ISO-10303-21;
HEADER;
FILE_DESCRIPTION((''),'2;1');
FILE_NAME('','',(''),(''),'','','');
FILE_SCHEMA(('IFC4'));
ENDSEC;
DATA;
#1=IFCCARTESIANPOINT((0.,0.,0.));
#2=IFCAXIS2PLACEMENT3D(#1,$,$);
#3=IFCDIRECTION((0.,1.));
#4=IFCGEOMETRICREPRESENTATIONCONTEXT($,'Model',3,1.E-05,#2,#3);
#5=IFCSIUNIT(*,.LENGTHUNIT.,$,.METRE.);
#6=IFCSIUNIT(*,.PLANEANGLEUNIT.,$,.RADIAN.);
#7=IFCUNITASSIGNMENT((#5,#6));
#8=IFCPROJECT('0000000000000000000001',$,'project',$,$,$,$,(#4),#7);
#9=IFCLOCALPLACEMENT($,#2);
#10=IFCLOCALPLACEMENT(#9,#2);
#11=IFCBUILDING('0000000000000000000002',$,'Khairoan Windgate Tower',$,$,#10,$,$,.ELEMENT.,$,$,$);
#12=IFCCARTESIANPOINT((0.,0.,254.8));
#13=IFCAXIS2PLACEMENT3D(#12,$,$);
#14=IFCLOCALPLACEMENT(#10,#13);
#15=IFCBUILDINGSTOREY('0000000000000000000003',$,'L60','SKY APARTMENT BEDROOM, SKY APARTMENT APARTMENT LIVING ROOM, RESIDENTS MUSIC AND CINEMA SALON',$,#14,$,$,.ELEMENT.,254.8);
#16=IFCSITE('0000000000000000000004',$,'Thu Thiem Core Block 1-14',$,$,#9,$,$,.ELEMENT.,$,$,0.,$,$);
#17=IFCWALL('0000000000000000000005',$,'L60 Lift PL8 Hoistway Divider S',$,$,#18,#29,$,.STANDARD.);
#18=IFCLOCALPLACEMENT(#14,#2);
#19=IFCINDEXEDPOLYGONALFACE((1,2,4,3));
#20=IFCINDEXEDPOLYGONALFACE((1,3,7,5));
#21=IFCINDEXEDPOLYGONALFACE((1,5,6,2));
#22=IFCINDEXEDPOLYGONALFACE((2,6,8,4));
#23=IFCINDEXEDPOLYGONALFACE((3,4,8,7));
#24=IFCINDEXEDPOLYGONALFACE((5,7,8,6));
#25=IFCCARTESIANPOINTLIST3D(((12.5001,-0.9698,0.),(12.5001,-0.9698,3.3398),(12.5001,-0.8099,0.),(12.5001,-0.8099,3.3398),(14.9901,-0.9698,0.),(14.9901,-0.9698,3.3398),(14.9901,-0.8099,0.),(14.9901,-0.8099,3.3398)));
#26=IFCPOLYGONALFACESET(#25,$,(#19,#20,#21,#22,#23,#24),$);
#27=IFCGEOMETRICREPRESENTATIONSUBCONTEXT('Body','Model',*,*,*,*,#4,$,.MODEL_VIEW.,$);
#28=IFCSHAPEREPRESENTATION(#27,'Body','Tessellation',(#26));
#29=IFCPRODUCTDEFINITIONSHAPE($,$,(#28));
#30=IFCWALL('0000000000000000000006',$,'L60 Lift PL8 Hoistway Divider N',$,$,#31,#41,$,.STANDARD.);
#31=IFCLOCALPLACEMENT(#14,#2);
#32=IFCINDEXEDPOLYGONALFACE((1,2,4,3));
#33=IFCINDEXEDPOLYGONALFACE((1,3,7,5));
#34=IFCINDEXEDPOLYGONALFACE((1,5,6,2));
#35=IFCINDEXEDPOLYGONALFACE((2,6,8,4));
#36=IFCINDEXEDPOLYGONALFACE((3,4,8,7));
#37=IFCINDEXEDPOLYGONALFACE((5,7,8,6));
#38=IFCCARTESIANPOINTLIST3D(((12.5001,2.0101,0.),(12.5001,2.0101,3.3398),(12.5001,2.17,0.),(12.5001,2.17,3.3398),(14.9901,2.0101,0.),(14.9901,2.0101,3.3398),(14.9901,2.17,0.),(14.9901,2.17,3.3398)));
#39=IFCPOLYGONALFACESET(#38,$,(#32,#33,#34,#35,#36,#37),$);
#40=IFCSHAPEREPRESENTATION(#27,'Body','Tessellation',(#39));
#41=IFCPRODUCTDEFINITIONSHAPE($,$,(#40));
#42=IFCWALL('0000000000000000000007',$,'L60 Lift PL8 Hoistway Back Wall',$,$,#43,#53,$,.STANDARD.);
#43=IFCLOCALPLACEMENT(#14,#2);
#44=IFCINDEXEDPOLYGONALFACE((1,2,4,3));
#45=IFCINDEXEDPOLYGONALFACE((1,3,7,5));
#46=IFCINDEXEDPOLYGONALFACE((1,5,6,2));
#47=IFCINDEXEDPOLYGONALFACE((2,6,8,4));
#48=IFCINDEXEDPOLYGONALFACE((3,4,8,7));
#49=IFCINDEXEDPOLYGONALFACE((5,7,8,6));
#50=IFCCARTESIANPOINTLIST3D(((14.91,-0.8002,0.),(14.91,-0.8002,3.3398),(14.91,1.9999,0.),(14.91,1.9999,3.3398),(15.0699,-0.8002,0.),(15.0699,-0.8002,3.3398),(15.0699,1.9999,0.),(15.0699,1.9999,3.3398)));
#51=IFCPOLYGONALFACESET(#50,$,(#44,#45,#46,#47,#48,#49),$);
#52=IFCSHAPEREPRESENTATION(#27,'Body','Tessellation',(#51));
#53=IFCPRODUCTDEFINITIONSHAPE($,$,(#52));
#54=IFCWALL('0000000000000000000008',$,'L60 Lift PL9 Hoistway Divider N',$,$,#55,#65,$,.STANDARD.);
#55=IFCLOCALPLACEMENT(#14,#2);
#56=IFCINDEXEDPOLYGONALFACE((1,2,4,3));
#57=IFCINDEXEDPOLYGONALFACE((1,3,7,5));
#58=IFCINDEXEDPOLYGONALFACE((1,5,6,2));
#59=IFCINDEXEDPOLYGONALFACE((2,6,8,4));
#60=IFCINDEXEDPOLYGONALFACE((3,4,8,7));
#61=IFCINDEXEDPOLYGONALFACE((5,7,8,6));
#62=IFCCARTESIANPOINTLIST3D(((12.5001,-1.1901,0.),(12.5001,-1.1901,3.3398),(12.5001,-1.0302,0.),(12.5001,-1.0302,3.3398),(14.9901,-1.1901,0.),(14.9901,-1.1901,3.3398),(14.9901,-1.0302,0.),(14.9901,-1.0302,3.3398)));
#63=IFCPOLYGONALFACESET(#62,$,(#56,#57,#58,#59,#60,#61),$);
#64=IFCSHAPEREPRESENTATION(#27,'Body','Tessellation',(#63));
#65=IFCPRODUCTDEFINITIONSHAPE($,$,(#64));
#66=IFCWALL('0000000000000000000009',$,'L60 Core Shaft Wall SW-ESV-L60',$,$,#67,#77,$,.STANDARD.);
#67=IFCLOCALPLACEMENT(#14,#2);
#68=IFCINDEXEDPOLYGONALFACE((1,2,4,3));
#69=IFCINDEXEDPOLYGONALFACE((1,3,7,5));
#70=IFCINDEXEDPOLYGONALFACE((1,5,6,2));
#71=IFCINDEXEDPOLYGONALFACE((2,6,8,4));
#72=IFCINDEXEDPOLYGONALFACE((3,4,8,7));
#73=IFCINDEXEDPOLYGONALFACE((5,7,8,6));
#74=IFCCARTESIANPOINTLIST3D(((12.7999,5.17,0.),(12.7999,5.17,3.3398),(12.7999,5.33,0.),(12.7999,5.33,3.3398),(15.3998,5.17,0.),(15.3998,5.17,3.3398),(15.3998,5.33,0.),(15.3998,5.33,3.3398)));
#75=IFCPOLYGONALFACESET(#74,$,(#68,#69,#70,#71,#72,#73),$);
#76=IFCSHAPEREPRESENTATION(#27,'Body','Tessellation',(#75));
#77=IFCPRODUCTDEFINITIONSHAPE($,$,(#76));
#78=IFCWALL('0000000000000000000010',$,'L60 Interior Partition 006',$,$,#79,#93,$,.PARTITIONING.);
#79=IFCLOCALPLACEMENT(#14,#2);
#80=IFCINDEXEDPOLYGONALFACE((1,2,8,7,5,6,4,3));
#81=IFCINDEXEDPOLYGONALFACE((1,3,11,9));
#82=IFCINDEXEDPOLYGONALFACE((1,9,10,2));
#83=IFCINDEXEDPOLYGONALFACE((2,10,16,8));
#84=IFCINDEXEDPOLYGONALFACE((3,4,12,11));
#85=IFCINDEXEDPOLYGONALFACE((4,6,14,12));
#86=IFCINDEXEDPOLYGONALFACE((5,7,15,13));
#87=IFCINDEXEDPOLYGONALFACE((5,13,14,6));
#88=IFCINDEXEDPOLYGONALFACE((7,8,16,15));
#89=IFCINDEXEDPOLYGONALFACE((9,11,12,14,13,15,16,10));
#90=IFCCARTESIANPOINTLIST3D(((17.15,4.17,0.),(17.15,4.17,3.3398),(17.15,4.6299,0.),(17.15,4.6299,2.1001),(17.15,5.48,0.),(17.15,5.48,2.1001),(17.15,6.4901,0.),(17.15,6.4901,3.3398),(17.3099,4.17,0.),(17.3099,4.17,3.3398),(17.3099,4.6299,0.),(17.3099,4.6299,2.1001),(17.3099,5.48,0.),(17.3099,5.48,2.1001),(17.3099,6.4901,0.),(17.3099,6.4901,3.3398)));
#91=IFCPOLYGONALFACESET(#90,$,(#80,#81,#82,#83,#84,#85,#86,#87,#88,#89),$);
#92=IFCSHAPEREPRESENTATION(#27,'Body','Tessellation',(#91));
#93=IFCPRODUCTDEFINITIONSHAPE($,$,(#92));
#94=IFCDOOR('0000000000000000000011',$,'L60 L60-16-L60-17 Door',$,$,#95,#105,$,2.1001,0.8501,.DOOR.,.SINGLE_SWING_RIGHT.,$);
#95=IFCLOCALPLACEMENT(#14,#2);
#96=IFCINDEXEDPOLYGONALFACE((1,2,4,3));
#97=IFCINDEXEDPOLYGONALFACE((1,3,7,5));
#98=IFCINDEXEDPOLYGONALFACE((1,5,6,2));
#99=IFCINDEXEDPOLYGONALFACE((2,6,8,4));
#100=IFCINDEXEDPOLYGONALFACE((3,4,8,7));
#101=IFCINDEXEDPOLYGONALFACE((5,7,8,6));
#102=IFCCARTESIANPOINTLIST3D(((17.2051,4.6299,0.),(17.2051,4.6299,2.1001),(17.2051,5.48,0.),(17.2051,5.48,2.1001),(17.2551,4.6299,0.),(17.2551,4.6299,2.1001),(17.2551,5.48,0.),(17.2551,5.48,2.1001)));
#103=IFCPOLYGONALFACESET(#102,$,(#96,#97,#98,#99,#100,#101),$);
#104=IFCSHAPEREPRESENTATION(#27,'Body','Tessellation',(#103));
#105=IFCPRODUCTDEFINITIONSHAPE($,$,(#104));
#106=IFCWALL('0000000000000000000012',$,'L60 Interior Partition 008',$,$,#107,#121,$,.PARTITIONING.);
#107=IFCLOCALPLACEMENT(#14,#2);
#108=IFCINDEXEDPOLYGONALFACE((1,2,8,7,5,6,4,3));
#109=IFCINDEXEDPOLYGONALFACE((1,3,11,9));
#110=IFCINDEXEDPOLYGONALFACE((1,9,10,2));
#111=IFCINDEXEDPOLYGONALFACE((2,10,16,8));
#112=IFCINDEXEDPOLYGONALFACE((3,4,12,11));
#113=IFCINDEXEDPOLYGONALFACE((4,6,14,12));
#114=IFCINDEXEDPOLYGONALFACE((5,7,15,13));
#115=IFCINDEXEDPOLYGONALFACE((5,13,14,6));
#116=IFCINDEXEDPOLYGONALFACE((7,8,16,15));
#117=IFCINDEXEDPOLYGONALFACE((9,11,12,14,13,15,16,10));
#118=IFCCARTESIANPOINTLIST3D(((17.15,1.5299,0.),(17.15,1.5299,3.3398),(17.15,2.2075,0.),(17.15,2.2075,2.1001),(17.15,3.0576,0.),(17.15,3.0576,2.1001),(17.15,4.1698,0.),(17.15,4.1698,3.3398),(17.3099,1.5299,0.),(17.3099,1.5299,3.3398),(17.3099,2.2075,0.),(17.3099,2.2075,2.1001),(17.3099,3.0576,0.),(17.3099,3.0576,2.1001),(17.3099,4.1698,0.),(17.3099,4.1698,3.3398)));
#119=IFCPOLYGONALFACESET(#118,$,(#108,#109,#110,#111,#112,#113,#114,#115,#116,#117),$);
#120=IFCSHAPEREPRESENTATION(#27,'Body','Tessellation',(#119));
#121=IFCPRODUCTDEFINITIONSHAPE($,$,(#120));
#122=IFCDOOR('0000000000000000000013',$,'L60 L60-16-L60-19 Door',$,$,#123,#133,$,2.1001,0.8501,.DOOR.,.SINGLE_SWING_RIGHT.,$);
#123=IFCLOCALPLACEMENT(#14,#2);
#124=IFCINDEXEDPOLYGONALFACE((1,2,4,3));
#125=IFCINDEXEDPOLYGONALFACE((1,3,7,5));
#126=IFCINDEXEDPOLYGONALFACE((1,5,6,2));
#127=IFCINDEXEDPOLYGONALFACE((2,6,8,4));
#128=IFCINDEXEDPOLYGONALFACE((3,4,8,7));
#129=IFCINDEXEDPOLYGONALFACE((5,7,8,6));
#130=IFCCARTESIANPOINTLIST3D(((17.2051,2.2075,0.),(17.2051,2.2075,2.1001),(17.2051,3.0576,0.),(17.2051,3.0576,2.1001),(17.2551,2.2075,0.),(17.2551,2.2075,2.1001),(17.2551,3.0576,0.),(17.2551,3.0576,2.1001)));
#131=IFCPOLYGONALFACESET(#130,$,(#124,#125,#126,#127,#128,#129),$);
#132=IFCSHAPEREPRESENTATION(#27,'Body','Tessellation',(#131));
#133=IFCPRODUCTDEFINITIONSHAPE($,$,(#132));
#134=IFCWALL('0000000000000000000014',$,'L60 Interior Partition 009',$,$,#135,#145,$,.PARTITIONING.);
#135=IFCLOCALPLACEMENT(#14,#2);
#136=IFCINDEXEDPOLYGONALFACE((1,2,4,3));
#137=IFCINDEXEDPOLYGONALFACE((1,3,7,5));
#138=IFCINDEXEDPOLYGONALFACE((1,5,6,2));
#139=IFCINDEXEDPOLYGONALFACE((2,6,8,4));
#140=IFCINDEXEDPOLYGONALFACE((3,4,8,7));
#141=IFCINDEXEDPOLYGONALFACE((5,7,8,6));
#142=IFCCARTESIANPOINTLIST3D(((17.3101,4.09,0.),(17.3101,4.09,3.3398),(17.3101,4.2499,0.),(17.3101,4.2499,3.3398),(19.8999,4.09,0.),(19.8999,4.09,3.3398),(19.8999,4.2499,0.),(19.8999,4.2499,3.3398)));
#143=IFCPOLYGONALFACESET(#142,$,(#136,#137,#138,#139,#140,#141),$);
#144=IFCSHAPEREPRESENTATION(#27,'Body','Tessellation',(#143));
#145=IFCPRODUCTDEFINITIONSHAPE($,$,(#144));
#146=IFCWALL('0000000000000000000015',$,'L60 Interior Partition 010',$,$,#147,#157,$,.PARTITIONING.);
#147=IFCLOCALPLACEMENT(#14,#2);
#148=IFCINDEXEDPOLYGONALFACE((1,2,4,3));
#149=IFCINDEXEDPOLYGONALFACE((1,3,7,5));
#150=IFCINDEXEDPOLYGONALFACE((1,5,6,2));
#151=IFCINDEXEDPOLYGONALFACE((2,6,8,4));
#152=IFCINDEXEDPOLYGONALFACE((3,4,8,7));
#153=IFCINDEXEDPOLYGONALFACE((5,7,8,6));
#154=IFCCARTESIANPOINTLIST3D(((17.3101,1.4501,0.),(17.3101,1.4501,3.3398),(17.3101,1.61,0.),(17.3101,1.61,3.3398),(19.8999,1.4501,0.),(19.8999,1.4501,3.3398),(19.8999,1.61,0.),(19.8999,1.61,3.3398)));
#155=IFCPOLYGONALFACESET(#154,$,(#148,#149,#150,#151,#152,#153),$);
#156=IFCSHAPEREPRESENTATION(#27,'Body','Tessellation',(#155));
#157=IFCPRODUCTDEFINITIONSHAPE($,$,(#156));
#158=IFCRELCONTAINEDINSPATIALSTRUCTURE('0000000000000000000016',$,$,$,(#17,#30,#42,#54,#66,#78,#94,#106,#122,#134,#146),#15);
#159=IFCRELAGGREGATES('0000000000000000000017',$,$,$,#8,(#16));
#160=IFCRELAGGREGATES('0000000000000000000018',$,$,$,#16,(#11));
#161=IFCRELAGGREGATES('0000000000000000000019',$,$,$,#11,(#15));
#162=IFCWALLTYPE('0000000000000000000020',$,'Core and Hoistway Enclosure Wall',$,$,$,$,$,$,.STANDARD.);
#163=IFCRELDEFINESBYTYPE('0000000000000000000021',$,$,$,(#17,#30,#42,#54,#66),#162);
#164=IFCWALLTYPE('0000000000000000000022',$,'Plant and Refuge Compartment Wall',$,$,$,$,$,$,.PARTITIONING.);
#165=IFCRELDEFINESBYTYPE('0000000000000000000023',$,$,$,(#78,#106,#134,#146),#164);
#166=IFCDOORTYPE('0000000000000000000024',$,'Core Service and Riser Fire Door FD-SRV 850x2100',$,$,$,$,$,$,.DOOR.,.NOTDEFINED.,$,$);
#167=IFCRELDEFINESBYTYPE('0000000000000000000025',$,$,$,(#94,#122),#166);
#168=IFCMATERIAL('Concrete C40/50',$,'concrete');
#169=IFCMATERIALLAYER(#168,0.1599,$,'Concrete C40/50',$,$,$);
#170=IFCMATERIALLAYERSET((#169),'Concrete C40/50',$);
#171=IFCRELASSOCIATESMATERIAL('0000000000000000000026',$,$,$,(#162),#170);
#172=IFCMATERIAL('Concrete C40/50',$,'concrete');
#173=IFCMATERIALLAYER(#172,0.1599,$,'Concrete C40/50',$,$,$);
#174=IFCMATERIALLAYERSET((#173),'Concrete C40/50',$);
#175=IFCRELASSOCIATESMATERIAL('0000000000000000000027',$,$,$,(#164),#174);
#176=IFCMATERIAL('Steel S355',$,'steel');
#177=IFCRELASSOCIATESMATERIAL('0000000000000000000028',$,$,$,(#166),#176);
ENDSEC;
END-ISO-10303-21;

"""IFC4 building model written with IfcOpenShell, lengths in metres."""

from ifc_helpers import new_model, si_unit, direction, frame, frame_2d, origin, place, context, subcontext, project, spatial, rectangle, extrude, material, layer, layer_set, type_object, element, fill, save


model = new_model("IFC4")

# Units and contexts
model_context = context("Model", 3, precision=1e-05, world=origin(), true_north=direction((0.0, 1.0)))
body_context = subcontext(model_context, "Body", "Model", "MODEL_VIEW")
ifc_project = project(units=[si_unit("LENGTHUNIT", "METRE"), si_unit("PLANEANGLEUNIT", "RADIAN")], contexts=[model_context])

# Site, building, storey
site_placement = place(None, origin())
site = spatial("IfcSite", under=ifc_project, at=site_placement, Name="Thu Thiem Core Block 1-14", CompositionType="ELEMENT", RefElevation=0.0)
building_placement = place(site_placement, origin())
building = spatial("IfcBuilding", under=site, at=building_placement, Name="Khairoan Windgate Tower", CompositionType="ELEMENT")
storey_placement = place(building_placement, frame((0.0, 0.0, 254.8)))
storey = spatial("IfcBuildingStorey", under=building, at=storey_placement, Name="L60", Description="SKY APARTMENT BEDROOM, SKY APARTMENT APARTMENT LIVING ROOM, RESIDENTS MUSIC AND CINEMA SALON", CompositionType="ELEMENT", Elevation=254.8)

# Walls
ifc_material_1 = material(Name="Concrete C40/50", Category="concrete")
ifc_layer_1 = layer(ifc_material_1, 0.1599, Name="Concrete C40/50")
ifc_layer_set_1 = layer_set([ifc_layer_1], Name="Concrete C40/50")
wall_type_1 = type_object("IfcWallType", Name="Core and Hoistway Enclosure Wall", PredefinedType="STANDARD", material=ifc_layer_set_1)
for number, where, z_axis, x_axis, name in (
    (1, (12.5, -0.8899, 0.0), (0.0, 0.0, 1.0), (1.0, 0.0, 0.0), "L60 Lift PL8 Hoistway Divider S"),
    (2, (12.5, 2.0901, 0.0), (0.0, 0.0, 1.0), (1.0, 0.0, 0.0), "L60 Lift PL8 Hoistway Divider N"),
):
    element("IfcWall", number, at=place(storey_placement, frame(where, z_axis=z_axis, x_axis=x_axis)), inside=storey, type_object=wall_type_1, Name=name, PredefinedType="STANDARD", context=body_context, shape_type="SweptSolid", body=[
        extrude(rectangle(XDim=2.49, YDim=0.1599, at=frame_2d((1.2451, 0.0))), origin(), (0.0, 0.0, 1.0), 3.3398),
    ])
wall_1_placement = place(storey_placement, frame((14.99, -0.8, 0.0), z_axis=(0.0, 0.0, 1.0), x_axis=(0.0, 1.0, 0.0)))
element("IfcWall", 3, at=wall_1_placement, inside=storey, type_object=wall_type_1, Name="L60 Lift PL8 Hoistway Back Wall", PredefinedType="STANDARD", context=body_context, shape_type="SweptSolid", body=[
    extrude(rectangle(XDim=2.8, YDim=0.1599, at=frame_2d((1.3999, 0.0))), origin(), (0.0, 0.0, 1.0), 3.3398),
])
wall_2_placement = place(storey_placement, frame((12.5, -1.1101, 0.0), z_axis=(0.0, 0.0, 1.0), x_axis=(1.0, 0.0, 0.0)))
element("IfcWall", 4, at=wall_2_placement, inside=storey, type_object=wall_type_1, Name="L60 Lift PL9 Hoistway Divider N", PredefinedType="STANDARD", context=body_context, shape_type="SweptSolid", body=[
    extrude(rectangle(XDim=2.49, YDim=0.1599, at=frame_2d((1.2451, 0.0))), origin(), (0.0, 0.0, 1.0), 3.3398),
])
wall_3_placement = place(storey_placement, frame((12.8, 5.25, 0.0), z_axis=(0.0, 0.0, 1.0), x_axis=(1.0, 0.0, 0.0)))
element("IfcWall", 5, at=wall_3_placement, inside=storey, type_object=wall_type_1, Name="L60 Core Shaft Wall SW-ESV-L60", PredefinedType="STANDARD", context=body_context, shape_type="SweptSolid", body=[
    extrude(rectangle(XDim=2.5999, YDim=0.1599, at=frame_2d((1.2998, 0.0))), origin(), (0.0, 0.0, 1.0), 3.3398),
])

# Walls, openings, doors
ifc_material_2 = material(Name="Concrete C40/50", Category="concrete")
ifc_layer_2 = layer(ifc_material_2, 0.1599, Name="Concrete C40/50")
ifc_layer_set_2 = layer_set([ifc_layer_2], Name="Concrete C40/50")
wall_type_2 = type_object("IfcWallType", Name="Plant and Refuge Compartment Wall", PredefinedType="PARTITIONING", material=ifc_layer_set_2)
wall_4_placement = place(storey_placement, frame((17.23, 4.1699, 0.0), z_axis=(0.0, 0.0, 1.0), x_axis=(0.0, 1.0, 0.0)))
wall_4 = element("IfcWall", 6, at=wall_4_placement, inside=storey, type_object=wall_type_2, Name="L60 Interior Partition 006", PredefinedType="PARTITIONING", context=body_context, shape_type="SweptSolid", body=[
    extrude(rectangle(XDim=2.3201, YDim=0.1599, at=frame_2d((1.1602, 0.0))), origin(), (0.0, 0.0, 1.0), 3.3398),
])
opening_1_placement = place(wall_4_placement, frame((0.46, 0.0, 0.0)))
opening_1 = element("IfcOpeningElement", 7, at=opening_1_placement, cuts=wall_4, PredefinedType="OPENING", context=body_context, shape_type="SweptSolid", body=[
    extrude(rectangle(XDim=0.8501, YDim=2.1001, at=frame_2d((0.425, 1.05))), frame((0.0, 0.0898, 0.0), z_axis=(0.0, -1.0, 0.0), x_axis=(1.0, 0.0, 0.0)), (0.0, 0.0, 1.0), 0.1799),
])
ifc_material_3 = material(Name="Steel S355", Category="steel")
door_type_1 = type_object("IfcDoorType", Name="Core Service and Riser Fire Door FD-SRV 850x2100", OperationType="NOTDEFINED", PredefinedType="DOOR", material=ifc_material_3)
door_1_placement = place(opening_1_placement, origin())
door_1 = element("IfcDoor", 8, at=door_1_placement, inside=storey, type_object=door_type_1, Name="L60 L60-16-L60-17 Door", OperationType="SINGLE_SWING_RIGHT", OverallHeight=2.1001, OverallWidth=0.8501, PredefinedType="DOOR", context=body_context, shape_type="SweptSolid", body=[
    extrude(rectangle(XDim=0.8501, YDim=2.1001, at=frame_2d((0.425, 1.05))), frame((0.0, 0.0249, 0.0), z_axis=(0.0, -1.0, 0.0), x_axis=(1.0, 0.0, 0.0)), (0.0, 0.0, 1.0), 0.05),
])
fill(opening_1, door_1)
wall_5_placement = place(storey_placement, frame((17.23, 1.53, 0.0), z_axis=(0.0, 0.0, 1.0), x_axis=(0.0, 1.0, 0.0)))
wall_5 = element("IfcWall", 9, at=wall_5_placement, inside=storey, type_object=wall_type_2, Name="L60 Interior Partition 008", PredefinedType="PARTITIONING", context=body_context, shape_type="SweptSolid", body=[
    extrude(rectangle(XDim=2.6399, YDim=0.1599, at=frame_2d((1.3198, 0.0))), origin(), (0.0, 0.0, 1.0), 3.3398),
])
opening_2_placement = place(wall_5_placement, frame((0.6775, 0.0, 0.0)))
opening_2 = element("IfcOpeningElement", 10, at=opening_2_placement, cuts=wall_5, PredefinedType="OPENING", context=body_context, shape_type="SweptSolid", body=[
    extrude(rectangle(XDim=0.8501, YDim=2.1001, at=frame_2d((0.425, 1.05))), frame((0.0, 0.0898, 0.0), z_axis=(0.0, -1.0, 0.0), x_axis=(1.0, 0.0, 0.0)), (0.0, 0.0, 1.0), 0.1799),
])
door_2_placement = place(opening_2_placement, origin())
door_2 = element("IfcDoor", 11, at=door_2_placement, inside=storey, type_object=door_type_1, Name="L60 L60-16-L60-19 Door", OperationType="SINGLE_SWING_RIGHT", OverallHeight=2.1001, OverallWidth=0.8501, PredefinedType="DOOR", context=body_context, shape_type="SweptSolid", body=[
    extrude(rectangle(XDim=0.8501, YDim=2.1001, at=frame_2d((0.425, 1.05))), frame((0.0, 0.0249, 0.0), z_axis=(0.0, -1.0, 0.0), x_axis=(1.0, 0.0, 0.0)), (0.0, 0.0, 1.0), 0.05),
])
fill(opening_2, door_2)

# Walls
for number, where, z_axis, x_axis, name in (
    (12, (17.3101, 4.1699, 0.0), (0.0, 0.0, 1.0), (1.0, 0.0, 0.0), "L60 Interior Partition 009"),
    (13, (17.3101, 1.53, 0.0), (0.0, 0.0, 1.0), (1.0, 0.0, 0.0), "L60 Interior Partition 010"),
):
    element("IfcWall", number, at=place(storey_placement, frame(where, z_axis=z_axis, x_axis=x_axis)), inside=storey, type_object=wall_type_2, Name=name, PredefinedType="PARTITIONING", context=body_context, shape_type="SweptSolid", body=[
        extrude(rectangle(XDim=2.5898, YDim=0.1599, at=frame_2d((1.2949, 0.0))), origin(), (0.0, 0.0, 1.0), 3.3398),
    ])

save(model, "model.ifc")
